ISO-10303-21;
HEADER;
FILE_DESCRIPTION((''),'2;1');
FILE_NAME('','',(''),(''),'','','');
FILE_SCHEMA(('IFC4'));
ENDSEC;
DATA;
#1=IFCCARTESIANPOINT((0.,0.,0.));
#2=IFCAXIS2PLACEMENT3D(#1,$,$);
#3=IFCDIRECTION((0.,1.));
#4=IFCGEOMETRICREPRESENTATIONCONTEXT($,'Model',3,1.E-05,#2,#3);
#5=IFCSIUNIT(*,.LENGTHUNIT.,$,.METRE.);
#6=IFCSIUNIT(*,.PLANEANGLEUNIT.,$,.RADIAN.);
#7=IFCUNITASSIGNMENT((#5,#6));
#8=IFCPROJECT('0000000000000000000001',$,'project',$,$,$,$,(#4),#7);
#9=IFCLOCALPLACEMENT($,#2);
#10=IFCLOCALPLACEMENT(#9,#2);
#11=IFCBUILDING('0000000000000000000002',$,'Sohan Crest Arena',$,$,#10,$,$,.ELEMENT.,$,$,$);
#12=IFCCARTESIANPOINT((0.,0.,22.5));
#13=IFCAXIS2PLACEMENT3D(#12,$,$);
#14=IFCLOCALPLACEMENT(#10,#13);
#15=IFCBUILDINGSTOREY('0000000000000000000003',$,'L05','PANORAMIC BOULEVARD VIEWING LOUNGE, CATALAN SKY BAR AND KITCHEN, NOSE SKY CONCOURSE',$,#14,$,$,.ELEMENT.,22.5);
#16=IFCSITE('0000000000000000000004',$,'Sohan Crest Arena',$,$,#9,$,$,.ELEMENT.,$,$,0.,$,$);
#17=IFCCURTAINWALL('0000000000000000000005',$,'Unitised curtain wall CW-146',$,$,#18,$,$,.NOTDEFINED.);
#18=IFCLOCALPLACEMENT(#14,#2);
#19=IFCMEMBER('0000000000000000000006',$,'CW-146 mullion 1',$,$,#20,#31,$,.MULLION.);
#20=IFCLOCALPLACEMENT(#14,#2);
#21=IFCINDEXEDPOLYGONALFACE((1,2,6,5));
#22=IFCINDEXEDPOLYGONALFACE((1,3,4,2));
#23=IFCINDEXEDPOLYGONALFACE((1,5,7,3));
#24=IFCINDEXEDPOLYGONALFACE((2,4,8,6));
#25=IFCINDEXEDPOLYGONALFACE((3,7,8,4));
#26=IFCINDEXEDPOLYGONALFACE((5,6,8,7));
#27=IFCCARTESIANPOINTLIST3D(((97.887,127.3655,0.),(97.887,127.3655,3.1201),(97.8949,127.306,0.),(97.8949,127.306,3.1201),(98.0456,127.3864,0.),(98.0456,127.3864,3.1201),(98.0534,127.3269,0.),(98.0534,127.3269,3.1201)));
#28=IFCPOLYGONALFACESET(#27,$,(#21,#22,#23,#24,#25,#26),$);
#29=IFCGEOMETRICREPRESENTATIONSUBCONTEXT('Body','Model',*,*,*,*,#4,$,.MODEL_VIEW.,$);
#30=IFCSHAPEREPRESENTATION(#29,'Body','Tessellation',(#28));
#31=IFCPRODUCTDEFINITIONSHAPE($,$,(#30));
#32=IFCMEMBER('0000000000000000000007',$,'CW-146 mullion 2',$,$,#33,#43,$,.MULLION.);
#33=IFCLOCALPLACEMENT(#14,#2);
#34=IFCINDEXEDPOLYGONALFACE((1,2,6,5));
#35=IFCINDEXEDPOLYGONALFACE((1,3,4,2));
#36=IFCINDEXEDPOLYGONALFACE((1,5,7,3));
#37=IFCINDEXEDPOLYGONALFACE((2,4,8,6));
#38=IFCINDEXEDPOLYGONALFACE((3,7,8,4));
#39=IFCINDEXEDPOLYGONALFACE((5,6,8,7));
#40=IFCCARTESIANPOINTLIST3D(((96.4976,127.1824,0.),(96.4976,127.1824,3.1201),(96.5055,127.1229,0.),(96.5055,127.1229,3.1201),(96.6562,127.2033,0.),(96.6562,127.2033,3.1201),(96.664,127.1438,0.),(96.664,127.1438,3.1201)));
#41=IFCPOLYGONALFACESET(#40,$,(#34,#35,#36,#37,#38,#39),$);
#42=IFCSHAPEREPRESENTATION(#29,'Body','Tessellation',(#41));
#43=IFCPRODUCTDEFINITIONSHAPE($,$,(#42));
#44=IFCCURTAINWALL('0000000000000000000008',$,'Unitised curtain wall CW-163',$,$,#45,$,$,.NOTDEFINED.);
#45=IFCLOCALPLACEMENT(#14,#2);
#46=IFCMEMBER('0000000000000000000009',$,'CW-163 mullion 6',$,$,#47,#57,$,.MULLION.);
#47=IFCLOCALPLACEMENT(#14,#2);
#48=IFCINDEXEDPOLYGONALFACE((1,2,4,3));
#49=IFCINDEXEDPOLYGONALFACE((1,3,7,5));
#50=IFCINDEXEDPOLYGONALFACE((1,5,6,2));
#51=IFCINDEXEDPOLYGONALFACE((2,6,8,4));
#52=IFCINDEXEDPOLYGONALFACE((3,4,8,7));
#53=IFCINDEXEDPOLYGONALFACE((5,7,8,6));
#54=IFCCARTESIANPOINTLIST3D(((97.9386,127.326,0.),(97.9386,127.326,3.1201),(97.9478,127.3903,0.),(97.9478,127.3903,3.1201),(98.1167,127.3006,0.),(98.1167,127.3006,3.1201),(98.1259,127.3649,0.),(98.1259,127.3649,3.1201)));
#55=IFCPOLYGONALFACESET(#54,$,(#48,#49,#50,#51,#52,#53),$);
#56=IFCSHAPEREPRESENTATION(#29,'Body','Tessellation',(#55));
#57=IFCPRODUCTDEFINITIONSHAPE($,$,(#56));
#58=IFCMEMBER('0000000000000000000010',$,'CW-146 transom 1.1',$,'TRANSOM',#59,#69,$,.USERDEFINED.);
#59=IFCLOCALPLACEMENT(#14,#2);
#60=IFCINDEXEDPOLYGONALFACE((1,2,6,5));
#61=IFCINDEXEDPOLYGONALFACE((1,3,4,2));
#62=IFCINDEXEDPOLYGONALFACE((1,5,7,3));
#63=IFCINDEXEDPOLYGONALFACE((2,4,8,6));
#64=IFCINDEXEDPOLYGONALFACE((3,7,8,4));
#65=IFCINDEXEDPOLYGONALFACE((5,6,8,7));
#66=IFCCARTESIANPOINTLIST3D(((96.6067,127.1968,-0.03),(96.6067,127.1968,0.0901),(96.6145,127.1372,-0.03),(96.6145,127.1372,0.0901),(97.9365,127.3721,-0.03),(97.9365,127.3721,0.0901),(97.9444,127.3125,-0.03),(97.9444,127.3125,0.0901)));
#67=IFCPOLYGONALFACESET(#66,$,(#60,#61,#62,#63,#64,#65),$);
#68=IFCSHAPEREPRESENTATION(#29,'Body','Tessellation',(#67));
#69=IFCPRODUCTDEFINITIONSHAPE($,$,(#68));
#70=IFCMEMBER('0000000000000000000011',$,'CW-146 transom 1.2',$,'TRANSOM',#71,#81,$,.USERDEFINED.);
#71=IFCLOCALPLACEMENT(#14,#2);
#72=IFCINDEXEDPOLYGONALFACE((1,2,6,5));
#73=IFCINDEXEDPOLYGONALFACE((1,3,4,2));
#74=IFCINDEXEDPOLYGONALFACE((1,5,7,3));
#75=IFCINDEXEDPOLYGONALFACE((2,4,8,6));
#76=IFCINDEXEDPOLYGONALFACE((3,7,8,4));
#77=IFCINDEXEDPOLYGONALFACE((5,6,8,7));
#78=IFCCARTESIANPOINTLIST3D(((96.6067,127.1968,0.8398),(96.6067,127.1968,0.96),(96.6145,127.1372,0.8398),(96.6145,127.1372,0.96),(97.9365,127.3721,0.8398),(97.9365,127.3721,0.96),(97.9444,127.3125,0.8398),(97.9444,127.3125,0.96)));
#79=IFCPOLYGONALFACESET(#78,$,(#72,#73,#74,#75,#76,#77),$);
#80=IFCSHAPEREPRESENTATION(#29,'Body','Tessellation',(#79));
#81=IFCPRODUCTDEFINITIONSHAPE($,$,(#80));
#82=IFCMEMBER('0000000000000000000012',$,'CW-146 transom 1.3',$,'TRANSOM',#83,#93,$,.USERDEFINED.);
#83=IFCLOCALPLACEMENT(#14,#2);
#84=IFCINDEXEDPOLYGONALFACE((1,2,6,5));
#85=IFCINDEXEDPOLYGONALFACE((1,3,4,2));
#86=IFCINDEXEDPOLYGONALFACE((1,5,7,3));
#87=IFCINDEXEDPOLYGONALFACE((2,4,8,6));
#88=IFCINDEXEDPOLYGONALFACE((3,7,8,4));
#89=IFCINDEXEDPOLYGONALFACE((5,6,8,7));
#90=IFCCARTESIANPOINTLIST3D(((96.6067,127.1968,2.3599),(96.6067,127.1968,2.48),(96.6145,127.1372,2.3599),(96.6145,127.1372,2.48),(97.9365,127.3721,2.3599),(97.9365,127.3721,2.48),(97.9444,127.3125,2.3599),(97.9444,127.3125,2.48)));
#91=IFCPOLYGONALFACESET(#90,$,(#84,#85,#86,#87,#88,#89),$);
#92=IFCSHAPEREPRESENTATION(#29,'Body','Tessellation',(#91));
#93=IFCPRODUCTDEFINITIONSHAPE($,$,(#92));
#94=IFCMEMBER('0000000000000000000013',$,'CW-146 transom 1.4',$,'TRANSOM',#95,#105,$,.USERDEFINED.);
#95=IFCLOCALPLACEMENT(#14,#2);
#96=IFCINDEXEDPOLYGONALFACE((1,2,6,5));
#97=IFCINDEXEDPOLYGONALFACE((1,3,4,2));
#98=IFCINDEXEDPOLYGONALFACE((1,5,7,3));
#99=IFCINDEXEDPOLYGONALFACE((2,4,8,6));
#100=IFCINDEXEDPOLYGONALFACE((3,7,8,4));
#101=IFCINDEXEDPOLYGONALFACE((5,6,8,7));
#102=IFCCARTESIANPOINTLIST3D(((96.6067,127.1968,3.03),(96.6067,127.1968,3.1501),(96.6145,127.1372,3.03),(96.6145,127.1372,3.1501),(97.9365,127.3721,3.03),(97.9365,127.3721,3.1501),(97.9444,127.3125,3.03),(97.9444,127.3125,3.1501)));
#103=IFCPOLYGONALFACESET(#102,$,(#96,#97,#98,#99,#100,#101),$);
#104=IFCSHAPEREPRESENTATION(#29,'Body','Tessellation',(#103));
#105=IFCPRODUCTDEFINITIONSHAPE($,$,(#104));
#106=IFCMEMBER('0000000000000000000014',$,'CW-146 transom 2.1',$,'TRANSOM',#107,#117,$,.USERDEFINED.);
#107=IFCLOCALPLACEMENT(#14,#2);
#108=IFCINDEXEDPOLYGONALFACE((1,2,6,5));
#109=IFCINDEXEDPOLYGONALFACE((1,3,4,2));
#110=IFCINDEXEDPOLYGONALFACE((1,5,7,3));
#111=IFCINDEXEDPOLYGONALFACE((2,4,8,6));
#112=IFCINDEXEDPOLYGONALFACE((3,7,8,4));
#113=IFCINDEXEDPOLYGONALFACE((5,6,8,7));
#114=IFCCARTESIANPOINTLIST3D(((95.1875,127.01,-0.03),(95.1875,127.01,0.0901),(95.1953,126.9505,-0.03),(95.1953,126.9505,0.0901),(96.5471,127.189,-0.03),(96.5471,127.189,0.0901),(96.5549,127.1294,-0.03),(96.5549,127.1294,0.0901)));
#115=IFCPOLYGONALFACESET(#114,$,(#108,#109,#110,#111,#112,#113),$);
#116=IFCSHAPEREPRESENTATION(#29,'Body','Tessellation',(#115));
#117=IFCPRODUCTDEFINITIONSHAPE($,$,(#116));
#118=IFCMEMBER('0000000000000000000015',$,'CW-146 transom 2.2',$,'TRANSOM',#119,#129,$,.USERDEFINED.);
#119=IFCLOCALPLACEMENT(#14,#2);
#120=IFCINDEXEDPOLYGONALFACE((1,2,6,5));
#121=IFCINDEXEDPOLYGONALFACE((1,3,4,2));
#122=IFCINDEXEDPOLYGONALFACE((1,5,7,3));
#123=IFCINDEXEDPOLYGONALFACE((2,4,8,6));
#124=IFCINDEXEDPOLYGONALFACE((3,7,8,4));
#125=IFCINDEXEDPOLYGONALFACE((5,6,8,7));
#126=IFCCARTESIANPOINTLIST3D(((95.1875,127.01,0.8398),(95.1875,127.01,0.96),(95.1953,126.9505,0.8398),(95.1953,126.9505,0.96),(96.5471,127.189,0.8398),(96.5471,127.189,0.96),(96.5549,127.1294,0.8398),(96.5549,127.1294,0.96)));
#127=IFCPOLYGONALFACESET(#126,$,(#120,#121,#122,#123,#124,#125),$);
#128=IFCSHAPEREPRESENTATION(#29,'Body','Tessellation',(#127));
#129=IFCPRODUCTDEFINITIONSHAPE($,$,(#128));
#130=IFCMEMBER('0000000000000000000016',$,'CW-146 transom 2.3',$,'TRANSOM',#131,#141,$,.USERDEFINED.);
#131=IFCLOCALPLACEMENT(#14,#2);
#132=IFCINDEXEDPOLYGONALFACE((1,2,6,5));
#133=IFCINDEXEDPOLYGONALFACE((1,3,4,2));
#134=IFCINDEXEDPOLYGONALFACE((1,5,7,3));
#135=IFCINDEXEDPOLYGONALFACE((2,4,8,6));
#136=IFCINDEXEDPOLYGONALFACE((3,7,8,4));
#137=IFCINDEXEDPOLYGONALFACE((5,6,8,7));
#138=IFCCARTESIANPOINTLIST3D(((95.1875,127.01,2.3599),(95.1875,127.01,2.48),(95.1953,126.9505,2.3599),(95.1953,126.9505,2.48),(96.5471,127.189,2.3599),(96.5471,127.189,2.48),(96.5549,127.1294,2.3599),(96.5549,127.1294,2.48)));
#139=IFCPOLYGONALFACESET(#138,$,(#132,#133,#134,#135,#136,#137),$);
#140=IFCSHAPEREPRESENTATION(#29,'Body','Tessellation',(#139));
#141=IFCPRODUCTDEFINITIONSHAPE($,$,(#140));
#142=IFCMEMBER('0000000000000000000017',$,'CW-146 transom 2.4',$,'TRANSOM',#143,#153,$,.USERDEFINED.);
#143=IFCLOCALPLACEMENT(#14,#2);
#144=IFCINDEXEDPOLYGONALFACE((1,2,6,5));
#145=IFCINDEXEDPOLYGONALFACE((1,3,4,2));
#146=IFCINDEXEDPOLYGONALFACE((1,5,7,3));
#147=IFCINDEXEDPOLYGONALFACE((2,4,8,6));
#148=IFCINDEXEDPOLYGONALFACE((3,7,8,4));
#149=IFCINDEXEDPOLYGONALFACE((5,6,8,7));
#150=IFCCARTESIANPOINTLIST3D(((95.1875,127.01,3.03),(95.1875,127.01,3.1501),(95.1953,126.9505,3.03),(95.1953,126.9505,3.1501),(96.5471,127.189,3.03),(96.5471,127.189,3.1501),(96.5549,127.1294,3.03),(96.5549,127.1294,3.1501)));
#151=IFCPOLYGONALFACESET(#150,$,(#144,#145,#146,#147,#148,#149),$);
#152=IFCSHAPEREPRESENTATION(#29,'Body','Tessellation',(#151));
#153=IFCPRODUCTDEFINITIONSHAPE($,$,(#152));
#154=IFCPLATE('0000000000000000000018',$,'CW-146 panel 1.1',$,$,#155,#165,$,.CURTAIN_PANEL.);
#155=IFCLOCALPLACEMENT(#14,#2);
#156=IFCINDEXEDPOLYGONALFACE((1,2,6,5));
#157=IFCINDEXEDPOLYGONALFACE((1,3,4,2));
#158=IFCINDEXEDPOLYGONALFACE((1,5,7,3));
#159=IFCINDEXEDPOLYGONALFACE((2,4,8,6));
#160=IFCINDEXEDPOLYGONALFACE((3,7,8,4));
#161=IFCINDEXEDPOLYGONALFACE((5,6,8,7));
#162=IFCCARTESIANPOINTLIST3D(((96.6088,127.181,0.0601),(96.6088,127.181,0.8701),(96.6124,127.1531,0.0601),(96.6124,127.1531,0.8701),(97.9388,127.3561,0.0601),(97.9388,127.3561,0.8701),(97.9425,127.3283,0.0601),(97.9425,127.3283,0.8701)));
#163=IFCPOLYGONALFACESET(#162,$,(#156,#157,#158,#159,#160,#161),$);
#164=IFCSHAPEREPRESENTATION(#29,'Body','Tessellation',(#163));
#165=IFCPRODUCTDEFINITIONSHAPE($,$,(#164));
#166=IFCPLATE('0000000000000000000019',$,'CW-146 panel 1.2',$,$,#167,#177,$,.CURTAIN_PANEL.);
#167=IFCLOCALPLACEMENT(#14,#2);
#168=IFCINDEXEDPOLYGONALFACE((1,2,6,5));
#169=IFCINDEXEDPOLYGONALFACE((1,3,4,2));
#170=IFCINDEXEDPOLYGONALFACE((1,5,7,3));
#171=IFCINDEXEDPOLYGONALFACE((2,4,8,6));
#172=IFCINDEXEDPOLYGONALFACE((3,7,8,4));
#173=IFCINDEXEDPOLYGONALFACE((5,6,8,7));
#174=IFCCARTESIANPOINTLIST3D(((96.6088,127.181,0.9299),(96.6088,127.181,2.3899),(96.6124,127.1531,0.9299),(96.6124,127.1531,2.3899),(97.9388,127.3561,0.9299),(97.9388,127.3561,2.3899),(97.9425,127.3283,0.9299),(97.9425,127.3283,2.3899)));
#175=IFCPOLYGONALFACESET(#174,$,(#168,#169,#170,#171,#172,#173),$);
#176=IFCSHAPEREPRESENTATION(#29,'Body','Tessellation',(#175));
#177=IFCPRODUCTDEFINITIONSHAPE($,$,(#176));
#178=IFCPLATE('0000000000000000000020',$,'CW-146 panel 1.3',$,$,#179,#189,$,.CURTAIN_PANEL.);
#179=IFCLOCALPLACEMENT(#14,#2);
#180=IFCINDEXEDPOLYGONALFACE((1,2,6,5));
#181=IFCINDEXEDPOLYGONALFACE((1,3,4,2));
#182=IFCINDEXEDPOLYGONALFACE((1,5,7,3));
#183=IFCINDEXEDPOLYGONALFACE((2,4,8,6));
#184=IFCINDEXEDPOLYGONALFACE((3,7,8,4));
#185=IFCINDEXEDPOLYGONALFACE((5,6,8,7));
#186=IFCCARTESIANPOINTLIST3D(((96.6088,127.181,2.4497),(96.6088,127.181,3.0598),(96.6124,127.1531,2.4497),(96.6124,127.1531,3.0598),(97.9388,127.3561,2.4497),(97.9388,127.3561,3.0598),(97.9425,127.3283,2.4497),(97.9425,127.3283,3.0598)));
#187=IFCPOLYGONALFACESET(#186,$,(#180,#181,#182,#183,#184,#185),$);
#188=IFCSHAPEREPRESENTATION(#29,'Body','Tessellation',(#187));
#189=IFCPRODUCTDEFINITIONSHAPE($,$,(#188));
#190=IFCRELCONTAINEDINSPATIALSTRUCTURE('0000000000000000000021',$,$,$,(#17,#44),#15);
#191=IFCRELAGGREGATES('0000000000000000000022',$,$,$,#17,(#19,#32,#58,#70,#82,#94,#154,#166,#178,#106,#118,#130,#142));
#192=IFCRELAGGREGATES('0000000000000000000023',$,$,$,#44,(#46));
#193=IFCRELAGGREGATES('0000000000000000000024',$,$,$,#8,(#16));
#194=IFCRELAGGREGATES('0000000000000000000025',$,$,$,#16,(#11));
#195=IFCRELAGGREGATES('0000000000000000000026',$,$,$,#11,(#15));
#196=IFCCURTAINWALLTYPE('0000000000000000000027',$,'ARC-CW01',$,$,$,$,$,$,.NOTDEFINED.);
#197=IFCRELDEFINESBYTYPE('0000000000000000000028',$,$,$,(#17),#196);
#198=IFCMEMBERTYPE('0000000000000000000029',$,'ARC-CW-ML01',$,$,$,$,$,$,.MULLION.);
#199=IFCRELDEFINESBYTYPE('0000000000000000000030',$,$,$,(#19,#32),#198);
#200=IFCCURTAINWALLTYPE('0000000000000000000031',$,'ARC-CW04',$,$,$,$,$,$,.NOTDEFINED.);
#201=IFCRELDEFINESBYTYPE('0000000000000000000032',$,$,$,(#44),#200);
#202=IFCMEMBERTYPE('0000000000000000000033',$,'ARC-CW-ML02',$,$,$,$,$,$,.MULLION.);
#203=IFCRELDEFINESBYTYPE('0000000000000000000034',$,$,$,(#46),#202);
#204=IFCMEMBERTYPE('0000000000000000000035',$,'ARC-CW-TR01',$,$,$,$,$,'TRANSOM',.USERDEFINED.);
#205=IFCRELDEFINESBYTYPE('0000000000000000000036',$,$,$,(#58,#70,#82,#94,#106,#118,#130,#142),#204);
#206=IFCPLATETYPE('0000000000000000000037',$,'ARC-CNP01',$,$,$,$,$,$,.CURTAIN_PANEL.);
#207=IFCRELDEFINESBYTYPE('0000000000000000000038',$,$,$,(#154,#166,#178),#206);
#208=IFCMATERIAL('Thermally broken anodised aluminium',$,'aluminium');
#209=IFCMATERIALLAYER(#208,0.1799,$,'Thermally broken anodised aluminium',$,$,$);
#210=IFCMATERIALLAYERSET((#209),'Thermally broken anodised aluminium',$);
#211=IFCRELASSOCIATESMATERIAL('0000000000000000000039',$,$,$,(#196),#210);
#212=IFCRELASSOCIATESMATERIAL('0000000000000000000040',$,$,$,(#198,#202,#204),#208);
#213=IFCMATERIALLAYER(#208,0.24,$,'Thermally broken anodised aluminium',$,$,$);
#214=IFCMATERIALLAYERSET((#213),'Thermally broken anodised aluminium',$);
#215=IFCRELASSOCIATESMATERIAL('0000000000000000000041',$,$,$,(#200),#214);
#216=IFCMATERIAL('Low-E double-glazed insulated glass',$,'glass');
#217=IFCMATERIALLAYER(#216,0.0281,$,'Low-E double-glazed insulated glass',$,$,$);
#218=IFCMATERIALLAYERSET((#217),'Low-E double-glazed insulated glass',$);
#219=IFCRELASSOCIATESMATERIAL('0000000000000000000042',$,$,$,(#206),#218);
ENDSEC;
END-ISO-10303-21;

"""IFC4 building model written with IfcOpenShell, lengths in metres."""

from ifc_helpers import new_model, si_unit, direction, frame, origin, origin_2d, place, context, subcontext, project, spatial, rectangle, extrude, material, layer, layer_set, material_profile, profile_set, type_object, element, aggregate, save


model = new_model("IFC4")

# Units and contexts
model_context = context("Model", 3, precision=1e-05, world=origin(), true_north=direction((0.0, 1.0)))
body_context = subcontext(model_context, "Body", "Model", "MODEL_VIEW")
ifc_project = project(units=[si_unit("LENGTHUNIT", "METRE"), si_unit("PLANEANGLEUNIT", "RADIAN")], contexts=[model_context])

# Site, building, storey
site_placement = place(None, origin())
site = spatial("IfcSite", under=ifc_project, at=site_placement, Name="Sohan Crest Arena", CompositionType="ELEMENT", RefElevation=0.0)
building_placement = place(site_placement, origin())
building = spatial("IfcBuilding", under=site, at=building_placement, Name="Sohan Crest Arena", CompositionType="ELEMENT")
storey_placement = place(building_placement, frame((0.0, 0.0, 22.5)))
storey = spatial("IfcBuildingStorey", under=building, at=storey_placement, Name="L05", Description="PANORAMIC BOULEVARD VIEWING LOUNGE, CATALAN SKY BAR AND KITCHEN, NOSE SKY CONCOURSE", CompositionType="ELEMENT", Elevation=22.5)

# Curtain wall, members
ifc_material_1 = material(Name="Thermally broken anodised aluminium", Category="aluminium")
ifc_layer_1 = layer(ifc_material_1, 0.1799, Name="Thermally broken anodised aluminium")
ifc_layer_set_1 = layer_set([ifc_layer_1], Name="Thermally broken anodised aluminium")
curtain_wall_type_1 = type_object("IfcCurtainWallType", Name="ARC-CW01", PredefinedType="NOTDEFINED", material=ifc_layer_set_1)
curtain_wall_1_placement = place(storey_placement, origin())
curtain_wall_1 = element("IfcCurtainWall", 1, at=curtain_wall_1_placement, inside=storey, type_object=curtain_wall_type_1, Name="Unitised curtain wall CW-146", PredefinedType="NOTDEFINED")
ifc_material_profile_1 = material_profile(ifc_material_1, rectangle(XDim=0.0601, YDim=0.1599, at=origin_2d()), Name="ALU-MULL 60x160")
ifc_profile_set_1 = profile_set([ifc_material_profile_1], Name="Thermally broken anodised aluminium")
member_type_1 = type_object("IfcMemberType", Name="ARC-CW-ML01", PredefinedType="MULLION", material=ifc_profile_set_1)
member_1_placement = place(storey_placement, frame((97.9702, 127.3462, 0.0), z_axis=(0.0, 0.0, 1.0), x_axis=(0.130557, -0.991441, 0.0)))
member_1 = element("IfcMember", 2, at=member_1_placement, type_object=member_type_1, Name="CW-146 mullion 1", PredefinedType="MULLION", context=body_context, shape_type="SweptSolid", body=[
    extrude(rectangle(XDim=0.0601, YDim=0.1599, at=origin_2d()), origin(), (0.0, 0.0, 1.0), 3.1201),
])
member_2_placement = place(storey_placement, frame((96.5808, 127.1631, 0.0), z_axis=(0.0, 0.0, 1.0), x_axis=(0.130557, -0.991441, 0.0)))
member_2 = element("IfcMember", 3, at=member_2_placement, type_object=member_type_1, Name="CW-146 mullion 2", PredefinedType="MULLION", context=body_context, shape_type="SweptSolid", body=[
    extrude(rectangle(XDim=0.0601, YDim=0.1599, at=origin_2d()), origin(), (0.0, 0.0, 1.0), 3.1201),
])

# Curtain wall, member
ifc_layer_2 = layer(ifc_material_1, 0.24, Name="Thermally broken anodised aluminium")
ifc_layer_set_2 = layer_set([ifc_layer_2], Name="Thermally broken anodised aluminium")
curtain_wall_type_2 = type_object("IfcCurtainWallType", Name="ARC-CW04", PredefinedType="NOTDEFINED", material=ifc_layer_set_2)
curtain_wall_2_placement = place(storey_placement, origin())
curtain_wall_2 = element("IfcCurtainWall", 4, at=curtain_wall_2_placement, inside=storey, type_object=curtain_wall_type_2, Name="Unitised curtain wall CW-163", PredefinedType="NOTDEFINED")
ifc_material_profile_2 = material_profile(ifc_material_1, rectangle(XDim=0.0649, YDim=0.1799, at=origin_2d()), Name="ALU-MULL 65x180")
ifc_profile_set_2 = profile_set([ifc_material_profile_2], Name="Thermally broken anodised aluminium")
member_type_2 = type_object("IfcMemberType", Name="ARC-CW-ML02", PredefinedType="MULLION", material=ifc_profile_set_2)
member_3_placement = place(storey_placement, frame((98.0322, 127.3455, 0.0), z_axis=(0.0, 0.0, 1.0), x_axis=(-0.141463, -0.989944, 0.0)))
member_3 = element("IfcMember", 5, at=member_3_placement, type_object=member_type_2, Name="CW-163 mullion 6", PredefinedType="MULLION", context=body_context, shape_type="SweptSolid", body=[
    extrude(rectangle(XDim=0.0649, YDim=0.1799, at=origin_2d()), origin(), (0.0, 0.0, 1.0), 3.1201),
])

# Members
ifc_material_profile_3 = material_profile(ifc_material_1, rectangle(XDim=0.0601, YDim=0.1201, at=origin_2d()), Name="ALU-TRAN 60x120")
ifc_profile_set_3 = profile_set([ifc_material_profile_3], Name="Thermally broken anodised aluminium")
member_type_3 = type_object("IfcMemberType", Name="ARC-CW-TR01", ElementType="TRANSOM", PredefinedType="USERDEFINED", material=ifc_profile_set_3)
member_4_placement = place(storey_placement, frame((97.9404, 127.3423, 0.03), z_axis=(-0.991424, -0.130685, 0.0), x_axis=(0.130685, -0.991424, 0.0)))
member_4 = element("IfcMember", 6, at=member_4_placement, type_object=member_type_3, Name="CW-146 transom 1.1", ObjectType="TRANSOM", PredefinedType="USERDEFINED", context=body_context, shape_type="SweptSolid", body=[
    extrude(rectangle(XDim=0.0601, YDim=0.1201, at=origin_2d()), origin(), (0.0, 0.0, 1.0), 1.3413),
])
member_5_placement = place(storey_placement, frame((97.9404, 127.3423, 0.8999), z_axis=(-0.991424, -0.130685, 0.0), x_axis=(0.130685, -0.991424, 0.0)))
member_5 = element("IfcMember", 7, at=member_5_placement, type_object=member_type_3, Name="CW-146 transom 1.2", ObjectType="TRANSOM", PredefinedType="USERDEFINED", context=body_context, shape_type="SweptSolid", body=[
    extrude(rectangle(XDim=0.0601, YDim=0.1201, at=origin_2d()), origin(), (0.0, 0.0, 1.0), 1.3413),
])
member_6_placement = place(storey_placement, frame((97.9404, 127.3423, 2.4199), z_axis=(-0.991424, -0.130685, 0.0), x_axis=(0.130685, -0.991424, 0.0)))
member_6 = element("IfcMember", 8, at=member_6_placement, type_object=member_type_3, Name="CW-146 transom 1.3", ObjectType="TRANSOM", PredefinedType="USERDEFINED", context=body_context, shape_type="SweptSolid", body=[
    extrude(rectangle(XDim=0.0601, YDim=0.1201, at=origin_2d()), origin(), (0.0, 0.0, 1.0), 1.3413),
])
member_7_placement = place(storey_placement, frame((97.9404, 127.3423, 3.0901), z_axis=(-0.991424, -0.130685, 0.0), x_axis=(0.130685, -0.991424, 0.0)))
member_7 = element("IfcMember", 9, at=member_7_placement, type_object=member_type_3, Name="CW-146 transom 1.4", ObjectType="TRANSOM", PredefinedType="USERDEFINED", context=body_context, shape_type="SweptSolid", body=[
    extrude(rectangle(XDim=0.0601, YDim=0.1201, at=origin_2d()), origin(), (0.0, 0.0, 1.0), 1.3413),
])
member_8_placement = place(storey_placement, frame((96.551, 127.1592, 0.03), z_axis=(-0.991449, -0.130496, 0.0), x_axis=(0.130496, -0.991449, 0.0)))
member_8 = element("IfcMember", 10, at=member_8_placement, type_object=member_type_3, Name="CW-146 transom 2.1", ObjectType="TRANSOM", PredefinedType="USERDEFINED", context=body_context, shape_type="SweptSolid", body=[
    extrude(rectangle(XDim=0.0601, YDim=0.1201, at=origin_2d()), origin(), (0.0, 0.0, 1.0), 1.3713),
])
member_9_placement = place(storey_placement, frame((96.551, 127.1592, 0.8999), z_axis=(-0.991449, -0.130496, 0.0), x_axis=(0.130496, -0.991449, 0.0)))
member_9 = element("IfcMember", 11, at=member_9_placement, type_object=member_type_3, Name="CW-146 transom 2.2", ObjectType="TRANSOM", PredefinedType="USERDEFINED", context=body_context, shape_type="SweptSolid", body=[
    extrude(rectangle(XDim=0.0601, YDim=0.1201, at=origin_2d()), origin(), (0.0, 0.0, 1.0), 1.3713),
])
member_10_placement = place(storey_placement, frame((96.551, 127.1592, 2.4199), z_axis=(-0.991449, -0.130496, 0.0), x_axis=(0.130496, -0.991449, 0.0)))
member_10 = element("IfcMember", 12, at=member_10_placement, type_object=member_type_3, Name="CW-146 transom 2.3", ObjectType="TRANSOM", PredefinedType="USERDEFINED", context=body_context, shape_type="SweptSolid", body=[
    extrude(rectangle(XDim=0.0601, YDim=0.1201, at=origin_2d()), origin(), (0.0, 0.0, 1.0), 1.3713),
])
member_11_placement = place(storey_placement, frame((96.551, 127.1592, 3.0901), z_axis=(-0.991449, -0.130496, 0.0), x_axis=(0.130496, -0.991449, 0.0)))
member_11 = element("IfcMember", 13, at=member_11_placement, type_object=member_type_3, Name="CW-146 transom 2.4", ObjectType="TRANSOM", PredefinedType="USERDEFINED", context=body_context, shape_type="SweptSolid", body=[
    extrude(rectangle(XDim=0.0601, YDim=0.1201, at=origin_2d()), origin(), (0.0, 0.0, 1.0), 1.3713),
])

# Plates
ifc_material_2 = material(Name="Low-E double-glazed insulated glass", Category="glass")
ifc_layer_3 = layer(ifc_material_2, 0.0281, Name="Low-E double-glazed insulated glass")
ifc_layer_set_3 = layer_set([ifc_layer_3], Name="Low-E double-glazed insulated glass")
plate_type_1 = type_object("IfcPlateType", Name="ARC-CNP01", PredefinedType="CURTAIN_PANEL", material=ifc_layer_set_3)
plate_1_placement = place(storey_placement, frame((97.2756, 127.2546, 0.0601), z_axis=(0.0, 0.0, 1.0), x_axis=(-0.991441, -0.130557, 0.0)))
plate_1 = element("IfcPlate", 14, at=plate_1_placement, type_object=plate_type_1, Name="CW-146 panel 1.1", PredefinedType="CURTAIN_PANEL", context=body_context, shape_type="SweptSolid", body=[
    extrude(rectangle(XDim=1.3416, YDim=0.0281, at=origin_2d()), origin(), (0.0, 0.0, 1.0), 0.8101),
])
plate_2_placement = place(storey_placement, frame((97.2756, 127.2546, 0.9299), z_axis=(0.0, 0.0, 1.0), x_axis=(-0.991441, -0.130557, 0.0)))
plate_2 = element("IfcPlate", 15, at=plate_2_placement, type_object=plate_type_1, Name="CW-146 panel 1.2", PredefinedType="CURTAIN_PANEL", context=body_context, shape_type="SweptSolid", body=[
    extrude(rectangle(XDim=1.3416, YDim=0.0281, at=origin_2d()), origin(), (0.0, 0.0, 1.0), 1.46),
])
plate_3_placement = place(storey_placement, frame((97.2756, 127.2546, 2.4497), z_axis=(0.0, 0.0, 1.0), x_axis=(-0.991441, -0.130557, 0.0)))
plate_3 = element("IfcPlate", 16, at=plate_3_placement, type_object=plate_type_1, Name="CW-146 panel 1.3", PredefinedType="CURTAIN_PANEL", context=body_context, shape_type="SweptSolid", body=[
    extrude(rectangle(XDim=1.3416, YDim=0.0281, at=origin_2d()), origin(), (0.0, 0.0, 1.0), 0.6101),
])
aggregate(curtain_wall_1, [member_1, member_2, member_4, member_5, member_6, member_7, plate_1, plate_2, plate_3, member_8, member_9, member_10, member_11])
aggregate(curtain_wall_2, [member_3])

save(model, "model.ifc")
